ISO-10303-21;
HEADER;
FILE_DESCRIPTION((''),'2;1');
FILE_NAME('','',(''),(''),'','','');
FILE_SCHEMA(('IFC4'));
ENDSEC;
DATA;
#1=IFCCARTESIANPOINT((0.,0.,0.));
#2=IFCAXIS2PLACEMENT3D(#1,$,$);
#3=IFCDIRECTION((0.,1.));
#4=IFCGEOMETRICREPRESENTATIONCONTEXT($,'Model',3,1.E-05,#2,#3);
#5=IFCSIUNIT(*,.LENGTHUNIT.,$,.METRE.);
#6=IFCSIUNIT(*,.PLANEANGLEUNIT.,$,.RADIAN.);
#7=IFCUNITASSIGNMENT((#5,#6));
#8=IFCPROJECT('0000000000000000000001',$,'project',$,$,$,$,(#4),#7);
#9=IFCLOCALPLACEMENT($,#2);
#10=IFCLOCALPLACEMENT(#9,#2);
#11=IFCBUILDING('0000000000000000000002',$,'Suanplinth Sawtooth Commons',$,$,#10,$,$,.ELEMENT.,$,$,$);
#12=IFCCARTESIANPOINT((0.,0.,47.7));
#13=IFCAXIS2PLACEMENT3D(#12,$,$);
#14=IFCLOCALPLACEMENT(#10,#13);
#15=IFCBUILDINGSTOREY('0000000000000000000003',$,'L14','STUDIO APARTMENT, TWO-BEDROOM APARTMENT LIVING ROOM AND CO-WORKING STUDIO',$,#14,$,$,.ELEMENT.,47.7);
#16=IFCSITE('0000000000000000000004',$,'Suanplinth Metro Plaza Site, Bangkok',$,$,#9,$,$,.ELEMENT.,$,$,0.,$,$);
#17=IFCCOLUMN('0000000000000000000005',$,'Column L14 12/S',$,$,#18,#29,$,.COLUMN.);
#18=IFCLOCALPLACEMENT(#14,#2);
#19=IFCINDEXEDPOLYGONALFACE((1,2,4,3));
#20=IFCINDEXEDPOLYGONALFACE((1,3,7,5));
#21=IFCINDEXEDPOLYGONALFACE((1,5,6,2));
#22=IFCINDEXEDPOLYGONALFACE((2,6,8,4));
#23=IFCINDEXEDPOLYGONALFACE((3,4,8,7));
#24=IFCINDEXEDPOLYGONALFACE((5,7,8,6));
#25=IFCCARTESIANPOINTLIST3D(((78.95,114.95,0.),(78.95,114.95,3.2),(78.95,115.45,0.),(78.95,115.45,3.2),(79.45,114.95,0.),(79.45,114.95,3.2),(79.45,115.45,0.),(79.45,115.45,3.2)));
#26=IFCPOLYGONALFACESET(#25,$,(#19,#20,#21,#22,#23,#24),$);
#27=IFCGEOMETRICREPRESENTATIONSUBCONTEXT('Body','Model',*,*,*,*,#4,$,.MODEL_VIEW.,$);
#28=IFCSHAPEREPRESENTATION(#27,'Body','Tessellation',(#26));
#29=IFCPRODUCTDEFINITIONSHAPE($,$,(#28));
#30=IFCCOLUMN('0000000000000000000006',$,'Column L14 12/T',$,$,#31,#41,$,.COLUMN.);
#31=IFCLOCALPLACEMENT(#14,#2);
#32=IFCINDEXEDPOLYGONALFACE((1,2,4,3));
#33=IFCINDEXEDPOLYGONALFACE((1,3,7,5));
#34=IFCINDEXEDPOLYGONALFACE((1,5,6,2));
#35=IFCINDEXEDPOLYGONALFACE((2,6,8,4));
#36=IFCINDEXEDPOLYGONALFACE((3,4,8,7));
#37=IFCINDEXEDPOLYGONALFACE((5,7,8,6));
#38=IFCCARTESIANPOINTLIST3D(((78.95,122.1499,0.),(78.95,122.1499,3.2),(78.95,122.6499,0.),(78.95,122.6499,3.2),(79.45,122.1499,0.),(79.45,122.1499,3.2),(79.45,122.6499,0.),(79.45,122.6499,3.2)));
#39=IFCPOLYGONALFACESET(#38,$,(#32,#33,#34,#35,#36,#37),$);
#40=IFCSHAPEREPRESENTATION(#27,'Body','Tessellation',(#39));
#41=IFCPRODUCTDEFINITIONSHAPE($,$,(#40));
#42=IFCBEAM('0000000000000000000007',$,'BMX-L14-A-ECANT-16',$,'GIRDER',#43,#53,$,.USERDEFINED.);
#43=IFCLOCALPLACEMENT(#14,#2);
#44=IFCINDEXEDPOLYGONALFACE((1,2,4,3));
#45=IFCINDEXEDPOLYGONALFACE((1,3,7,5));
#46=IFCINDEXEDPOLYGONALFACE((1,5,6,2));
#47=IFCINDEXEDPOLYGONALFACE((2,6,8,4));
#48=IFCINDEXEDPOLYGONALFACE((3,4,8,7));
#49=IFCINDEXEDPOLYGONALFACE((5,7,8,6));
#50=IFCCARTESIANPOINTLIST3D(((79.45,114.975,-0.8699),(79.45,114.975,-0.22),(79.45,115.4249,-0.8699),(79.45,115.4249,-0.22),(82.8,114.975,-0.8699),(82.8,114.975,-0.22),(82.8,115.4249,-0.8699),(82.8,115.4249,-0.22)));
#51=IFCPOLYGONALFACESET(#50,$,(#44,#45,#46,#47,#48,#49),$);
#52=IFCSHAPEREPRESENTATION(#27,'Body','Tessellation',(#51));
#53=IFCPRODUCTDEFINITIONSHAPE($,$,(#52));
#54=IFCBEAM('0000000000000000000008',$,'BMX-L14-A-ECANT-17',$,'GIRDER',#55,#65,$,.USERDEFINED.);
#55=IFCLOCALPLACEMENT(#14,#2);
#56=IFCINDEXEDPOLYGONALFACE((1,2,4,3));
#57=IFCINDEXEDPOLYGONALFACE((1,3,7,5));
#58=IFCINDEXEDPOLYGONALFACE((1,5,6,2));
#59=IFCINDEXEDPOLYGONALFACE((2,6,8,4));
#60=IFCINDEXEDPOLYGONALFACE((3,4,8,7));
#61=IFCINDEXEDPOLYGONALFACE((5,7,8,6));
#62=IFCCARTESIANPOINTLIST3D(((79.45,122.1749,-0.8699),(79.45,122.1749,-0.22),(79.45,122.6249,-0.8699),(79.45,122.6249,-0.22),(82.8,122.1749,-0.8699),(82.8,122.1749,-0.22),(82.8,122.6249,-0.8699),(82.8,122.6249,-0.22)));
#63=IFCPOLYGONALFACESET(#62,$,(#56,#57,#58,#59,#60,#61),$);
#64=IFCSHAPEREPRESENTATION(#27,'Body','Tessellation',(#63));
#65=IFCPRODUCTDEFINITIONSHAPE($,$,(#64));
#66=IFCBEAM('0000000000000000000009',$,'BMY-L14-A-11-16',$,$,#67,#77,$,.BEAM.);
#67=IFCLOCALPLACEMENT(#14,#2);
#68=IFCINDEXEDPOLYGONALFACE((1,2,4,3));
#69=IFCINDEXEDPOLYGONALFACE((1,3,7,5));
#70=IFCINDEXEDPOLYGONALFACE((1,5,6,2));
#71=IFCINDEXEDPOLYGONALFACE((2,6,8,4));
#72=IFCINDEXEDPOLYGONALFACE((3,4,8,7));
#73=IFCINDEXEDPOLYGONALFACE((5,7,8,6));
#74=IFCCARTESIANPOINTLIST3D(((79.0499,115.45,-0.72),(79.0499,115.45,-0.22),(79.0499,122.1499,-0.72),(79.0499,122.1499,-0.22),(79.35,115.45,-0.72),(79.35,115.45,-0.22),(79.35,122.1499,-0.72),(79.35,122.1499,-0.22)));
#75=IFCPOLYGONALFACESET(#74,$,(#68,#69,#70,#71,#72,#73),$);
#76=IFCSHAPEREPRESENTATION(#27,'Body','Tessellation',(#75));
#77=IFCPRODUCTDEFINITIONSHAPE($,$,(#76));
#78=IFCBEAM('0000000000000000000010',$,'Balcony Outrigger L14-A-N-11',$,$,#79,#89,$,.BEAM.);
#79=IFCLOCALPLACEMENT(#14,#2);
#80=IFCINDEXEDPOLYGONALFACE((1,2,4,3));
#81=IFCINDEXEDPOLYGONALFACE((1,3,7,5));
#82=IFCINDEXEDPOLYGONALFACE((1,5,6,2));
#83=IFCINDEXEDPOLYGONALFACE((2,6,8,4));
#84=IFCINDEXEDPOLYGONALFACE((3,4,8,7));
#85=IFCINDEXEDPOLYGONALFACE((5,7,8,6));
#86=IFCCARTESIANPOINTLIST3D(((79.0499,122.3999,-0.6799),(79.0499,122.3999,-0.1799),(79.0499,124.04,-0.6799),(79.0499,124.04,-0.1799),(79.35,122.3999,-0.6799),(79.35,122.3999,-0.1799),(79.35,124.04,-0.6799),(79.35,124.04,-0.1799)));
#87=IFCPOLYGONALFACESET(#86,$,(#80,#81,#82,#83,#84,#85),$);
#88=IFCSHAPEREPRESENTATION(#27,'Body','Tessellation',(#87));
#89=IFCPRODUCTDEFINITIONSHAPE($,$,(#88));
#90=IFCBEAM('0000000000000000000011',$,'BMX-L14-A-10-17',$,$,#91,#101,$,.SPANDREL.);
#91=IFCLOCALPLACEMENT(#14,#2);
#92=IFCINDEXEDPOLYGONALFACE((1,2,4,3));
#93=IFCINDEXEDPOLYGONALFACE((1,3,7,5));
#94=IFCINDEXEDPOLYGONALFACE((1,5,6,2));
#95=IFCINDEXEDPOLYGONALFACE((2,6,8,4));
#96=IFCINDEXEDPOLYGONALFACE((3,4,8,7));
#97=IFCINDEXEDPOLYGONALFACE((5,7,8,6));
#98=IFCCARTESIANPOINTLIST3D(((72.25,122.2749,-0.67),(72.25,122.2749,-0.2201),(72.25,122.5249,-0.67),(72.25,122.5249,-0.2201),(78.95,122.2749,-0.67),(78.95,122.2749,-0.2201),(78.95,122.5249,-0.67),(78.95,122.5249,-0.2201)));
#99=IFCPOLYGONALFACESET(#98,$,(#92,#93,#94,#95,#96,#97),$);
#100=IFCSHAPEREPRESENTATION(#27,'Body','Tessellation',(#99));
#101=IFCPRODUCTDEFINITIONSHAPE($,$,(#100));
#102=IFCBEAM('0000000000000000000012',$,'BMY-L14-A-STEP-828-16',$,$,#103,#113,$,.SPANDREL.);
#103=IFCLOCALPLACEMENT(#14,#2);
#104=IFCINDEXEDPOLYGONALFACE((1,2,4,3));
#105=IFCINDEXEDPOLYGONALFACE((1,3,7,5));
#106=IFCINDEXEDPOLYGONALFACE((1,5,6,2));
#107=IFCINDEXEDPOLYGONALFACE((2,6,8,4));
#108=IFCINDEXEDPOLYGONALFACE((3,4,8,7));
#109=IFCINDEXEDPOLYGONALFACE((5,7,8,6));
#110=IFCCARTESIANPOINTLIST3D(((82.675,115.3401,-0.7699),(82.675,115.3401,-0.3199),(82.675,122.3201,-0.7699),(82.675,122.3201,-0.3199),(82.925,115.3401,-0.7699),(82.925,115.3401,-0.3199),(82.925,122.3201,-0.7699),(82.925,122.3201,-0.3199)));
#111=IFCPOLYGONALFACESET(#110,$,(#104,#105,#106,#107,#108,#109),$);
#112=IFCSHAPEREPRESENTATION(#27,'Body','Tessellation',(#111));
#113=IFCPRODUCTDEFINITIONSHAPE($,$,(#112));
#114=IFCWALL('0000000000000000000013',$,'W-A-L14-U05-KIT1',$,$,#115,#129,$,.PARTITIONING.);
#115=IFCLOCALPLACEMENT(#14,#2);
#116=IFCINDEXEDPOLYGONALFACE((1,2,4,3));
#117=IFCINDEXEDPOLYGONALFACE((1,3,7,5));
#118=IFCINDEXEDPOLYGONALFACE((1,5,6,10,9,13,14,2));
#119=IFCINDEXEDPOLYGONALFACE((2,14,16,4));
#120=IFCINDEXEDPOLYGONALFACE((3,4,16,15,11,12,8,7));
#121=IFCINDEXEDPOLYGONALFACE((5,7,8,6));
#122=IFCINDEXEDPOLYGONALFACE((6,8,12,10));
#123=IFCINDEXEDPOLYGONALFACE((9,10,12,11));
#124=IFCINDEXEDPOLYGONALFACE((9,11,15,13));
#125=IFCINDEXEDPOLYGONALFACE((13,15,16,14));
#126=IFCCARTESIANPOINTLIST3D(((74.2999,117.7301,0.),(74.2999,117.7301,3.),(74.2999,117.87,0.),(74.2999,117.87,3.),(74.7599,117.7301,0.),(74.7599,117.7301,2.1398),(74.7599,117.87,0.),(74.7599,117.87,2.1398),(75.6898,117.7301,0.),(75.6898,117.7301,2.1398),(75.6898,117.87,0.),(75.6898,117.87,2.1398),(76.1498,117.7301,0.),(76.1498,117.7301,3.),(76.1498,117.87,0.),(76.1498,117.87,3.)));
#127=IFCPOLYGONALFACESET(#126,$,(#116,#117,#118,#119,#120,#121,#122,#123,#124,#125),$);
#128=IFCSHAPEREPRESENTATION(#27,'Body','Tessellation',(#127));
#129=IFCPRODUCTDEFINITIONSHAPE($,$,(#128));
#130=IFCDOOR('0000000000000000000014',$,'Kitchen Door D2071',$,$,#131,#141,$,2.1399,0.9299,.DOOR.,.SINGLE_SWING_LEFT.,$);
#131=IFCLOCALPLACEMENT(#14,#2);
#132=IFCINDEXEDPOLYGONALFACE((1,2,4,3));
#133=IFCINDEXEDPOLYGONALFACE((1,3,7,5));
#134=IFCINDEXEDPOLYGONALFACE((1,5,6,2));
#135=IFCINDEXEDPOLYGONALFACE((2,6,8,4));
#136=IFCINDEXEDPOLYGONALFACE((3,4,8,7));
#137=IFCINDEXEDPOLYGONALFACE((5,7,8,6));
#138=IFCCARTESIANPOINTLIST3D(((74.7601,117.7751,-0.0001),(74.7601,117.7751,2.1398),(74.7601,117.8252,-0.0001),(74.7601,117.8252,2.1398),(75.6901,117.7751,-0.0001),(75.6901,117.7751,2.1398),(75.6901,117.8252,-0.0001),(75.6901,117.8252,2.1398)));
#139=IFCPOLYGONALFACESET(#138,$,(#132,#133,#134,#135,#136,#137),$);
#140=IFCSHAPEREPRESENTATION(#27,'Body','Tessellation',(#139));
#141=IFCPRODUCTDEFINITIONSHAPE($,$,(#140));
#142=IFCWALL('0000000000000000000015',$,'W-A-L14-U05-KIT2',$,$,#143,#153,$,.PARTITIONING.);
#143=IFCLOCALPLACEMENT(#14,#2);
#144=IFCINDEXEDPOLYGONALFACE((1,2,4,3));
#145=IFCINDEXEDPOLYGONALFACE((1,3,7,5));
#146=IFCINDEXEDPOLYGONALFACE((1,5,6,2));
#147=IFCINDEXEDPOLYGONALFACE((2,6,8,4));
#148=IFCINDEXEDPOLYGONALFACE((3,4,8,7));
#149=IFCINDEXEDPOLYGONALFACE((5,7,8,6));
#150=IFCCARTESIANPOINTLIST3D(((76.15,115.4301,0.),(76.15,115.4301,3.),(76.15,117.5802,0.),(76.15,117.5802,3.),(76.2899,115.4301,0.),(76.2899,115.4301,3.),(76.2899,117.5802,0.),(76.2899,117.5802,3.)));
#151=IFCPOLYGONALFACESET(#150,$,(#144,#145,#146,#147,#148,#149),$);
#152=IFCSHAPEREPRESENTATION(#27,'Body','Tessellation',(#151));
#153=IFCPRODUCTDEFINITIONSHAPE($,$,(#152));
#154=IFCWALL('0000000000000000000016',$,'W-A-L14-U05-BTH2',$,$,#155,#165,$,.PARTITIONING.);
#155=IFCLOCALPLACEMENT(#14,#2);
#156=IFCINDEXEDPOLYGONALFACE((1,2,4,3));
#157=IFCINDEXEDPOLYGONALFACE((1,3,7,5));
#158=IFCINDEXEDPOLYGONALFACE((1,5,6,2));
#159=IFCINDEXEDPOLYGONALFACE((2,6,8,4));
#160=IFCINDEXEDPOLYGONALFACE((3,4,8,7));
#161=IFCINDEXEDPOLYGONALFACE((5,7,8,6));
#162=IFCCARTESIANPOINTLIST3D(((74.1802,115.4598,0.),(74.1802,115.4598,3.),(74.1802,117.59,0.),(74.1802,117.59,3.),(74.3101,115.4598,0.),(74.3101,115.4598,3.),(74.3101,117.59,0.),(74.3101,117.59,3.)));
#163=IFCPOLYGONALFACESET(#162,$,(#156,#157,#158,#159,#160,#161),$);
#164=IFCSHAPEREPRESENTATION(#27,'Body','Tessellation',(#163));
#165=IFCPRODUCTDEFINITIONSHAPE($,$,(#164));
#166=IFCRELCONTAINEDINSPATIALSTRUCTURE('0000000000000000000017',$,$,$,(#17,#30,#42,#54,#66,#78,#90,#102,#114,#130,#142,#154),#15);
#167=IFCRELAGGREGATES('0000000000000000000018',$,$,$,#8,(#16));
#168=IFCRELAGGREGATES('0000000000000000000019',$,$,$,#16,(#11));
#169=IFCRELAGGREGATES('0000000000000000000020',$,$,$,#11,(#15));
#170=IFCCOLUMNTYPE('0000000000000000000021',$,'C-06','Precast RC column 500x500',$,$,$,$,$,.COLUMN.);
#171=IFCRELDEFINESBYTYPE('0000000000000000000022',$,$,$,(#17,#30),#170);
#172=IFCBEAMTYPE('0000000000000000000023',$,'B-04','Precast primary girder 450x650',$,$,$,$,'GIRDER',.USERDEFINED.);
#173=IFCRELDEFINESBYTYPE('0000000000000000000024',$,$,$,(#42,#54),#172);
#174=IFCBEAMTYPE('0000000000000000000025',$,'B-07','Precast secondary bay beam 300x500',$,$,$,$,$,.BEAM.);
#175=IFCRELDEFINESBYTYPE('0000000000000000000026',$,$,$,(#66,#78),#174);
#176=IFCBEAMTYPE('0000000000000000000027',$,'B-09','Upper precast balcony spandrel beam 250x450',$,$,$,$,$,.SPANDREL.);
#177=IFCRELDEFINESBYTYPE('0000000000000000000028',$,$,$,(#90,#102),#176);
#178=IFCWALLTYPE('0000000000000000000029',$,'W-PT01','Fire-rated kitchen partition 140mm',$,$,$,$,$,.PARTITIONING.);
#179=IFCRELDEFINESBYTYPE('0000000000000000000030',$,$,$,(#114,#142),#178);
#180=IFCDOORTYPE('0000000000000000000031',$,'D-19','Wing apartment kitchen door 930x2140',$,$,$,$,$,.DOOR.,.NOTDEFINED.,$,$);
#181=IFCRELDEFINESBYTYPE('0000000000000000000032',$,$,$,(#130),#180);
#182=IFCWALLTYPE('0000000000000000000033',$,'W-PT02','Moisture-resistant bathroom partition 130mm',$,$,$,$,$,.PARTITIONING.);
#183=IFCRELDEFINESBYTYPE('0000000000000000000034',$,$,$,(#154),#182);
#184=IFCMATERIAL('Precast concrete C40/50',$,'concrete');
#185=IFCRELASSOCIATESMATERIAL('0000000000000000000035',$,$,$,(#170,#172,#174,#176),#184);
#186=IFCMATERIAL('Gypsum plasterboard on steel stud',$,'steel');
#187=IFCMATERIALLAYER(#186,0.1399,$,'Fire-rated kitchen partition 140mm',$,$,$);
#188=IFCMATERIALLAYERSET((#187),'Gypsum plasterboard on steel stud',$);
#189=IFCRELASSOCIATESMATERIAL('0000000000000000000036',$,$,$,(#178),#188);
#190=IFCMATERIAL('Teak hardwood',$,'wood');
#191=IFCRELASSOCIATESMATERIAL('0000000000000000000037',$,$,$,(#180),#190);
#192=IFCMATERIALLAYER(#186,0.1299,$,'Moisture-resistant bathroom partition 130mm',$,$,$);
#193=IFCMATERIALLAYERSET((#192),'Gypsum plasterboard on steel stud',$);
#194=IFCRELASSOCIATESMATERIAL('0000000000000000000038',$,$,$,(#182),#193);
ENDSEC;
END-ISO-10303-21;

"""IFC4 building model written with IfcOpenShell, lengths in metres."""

from ifc_helpers import new_model, si_unit, direction, frame, frame_2d, origin, origin_2d, place, context, subcontext, project, spatial, rectangle, extrude, material, layer, layer_set, material_profile, profile_set, type_object, element, fill, save


model = new_model("IFC4")

# Units and contexts
model_context = context("Model", 3, precision=1e-05, world=origin(), true_north=direction((0.0, 1.0)))
body_context = subcontext(model_context, "Body", "Model", "MODEL_VIEW")
ifc_project = project(units=[si_unit("LENGTHUNIT", "METRE"), si_unit("PLANEANGLEUNIT", "RADIAN")], contexts=[model_context])

# Site, building, storey
site_placement = place(None, origin())
site = spatial("IfcSite", under=ifc_project, at=site_placement, Name="Suanplinth Metro Plaza Site, Bangkok", CompositionType="ELEMENT", RefElevation=0.0)
building_placement = place(site_placement, origin())
building = spatial("IfcBuilding", under=site, at=building_placement, Name="Suanplinth Sawtooth Commons", CompositionType="ELEMENT")
storey_placement = place(building_placement, frame((0.0, 0.0, 47.7)))
storey = spatial("IfcBuildingStorey", under=building, at=storey_placement, Name="L14", Description="STUDIO APARTMENT, TWO-BEDROOM APARTMENT LIVING ROOM AND CO-WORKING STUDIO", CompositionType="ELEMENT", Elevation=47.7)

# Columns
ifc_material_1 = material(Name="Precast concrete C40/50", Category="concrete")
ifc_material_profile_1 = material_profile(ifc_material_1, rectangle(XDim=0.5, YDim=0.5, at=origin_2d()), Name="PC-COL 500x500")
ifc_profile_set_1 = profile_set([ifc_material_profile_1], Name="Precast concrete C40/50")
column_type = type_object("IfcColumnType", Name="C-06", Description="Precast RC column 500x500", PredefinedType="COLUMN", material=ifc_profile_set_1)
for number, where, z_axis, x_axis, name in (
    (1, (79.2, 115.2, 0.0), (0.0, 0.0, 1.0), (1.0, 0.0, 0.0), "Column L14 12/S"),
    (2, (79.2, 122.3999, 0.0), (0.0, 0.0, 1.0), (1.0, 0.0, 0.0), "Column L14 12/T"),
):
    element("IfcColumn", number, at=place(storey_placement, frame(where, z_axis=z_axis, x_axis=x_axis)), inside=storey, type_object=column_type, Name=name, PredefinedType="COLUMN", context=body_context, shape_type="SweptSolid", body=[
        extrude(rectangle(XDim=0.5, YDim=0.5, at=origin_2d()), origin(), (0.0, 0.0, 1.0), 3.2),
    ])

# Beams
ifc_material_profile_2 = material_profile(ifc_material_1, rectangle(XDim=0.45, YDim=0.6499, at=origin_2d()), Name="PC-GDR 450x650")
ifc_profile_set_2 = profile_set([ifc_material_profile_2], Name="Precast concrete C40/50")
beam_type_1 = type_object("IfcBeamType", Name="B-04", Description="Precast primary girder 450x650", ElementType="GIRDER", PredefinedType="USERDEFINED", material=ifc_profile_set_2)
for number, where, z_axis, x_axis, name in (
    (3, (79.45, 115.2, -0.5449), (1.0, 0.0, 0.0), (0.0, 1.0, 0.0), "BMX-L14-A-ECANT-16"),
    (4, (79.45, 122.3999, -0.5449), (1.0, 0.0, 0.0), (0.0, 1.0, 0.0), "BMX-L14-A-ECANT-17"),
):
    element("IfcBeam", number, at=place(storey_placement, frame(where, z_axis=z_axis, x_axis=x_axis)), inside=storey, type_object=beam_type_1, Name=name, ObjectType="GIRDER", PredefinedType="USERDEFINED", context=body_context, shape_type="SweptSolid", body=[
        extrude(rectangle(XDim=0.45, YDim=0.6499, at=origin_2d()), origin(), (0.0, 0.0, 1.0), 3.3501),
    ])
ifc_material_profile_3 = material_profile(ifc_material_1, rectangle(XDim=0.3, YDim=0.5, at=origin_2d()), Name="PC-BM 300x500")
ifc_profile_set_3 = profile_set([ifc_material_profile_3], Name="Precast concrete C40/50")
beam_type_2 = type_object("IfcBeamType", Name="B-07", Description="Precast secondary bay beam 300x500", PredefinedType="BEAM", material=ifc_profile_set_3)
beam_1_placement = place(storey_placement, frame((79.2, 115.45, -0.47), z_axis=(0.0, 1.0, 0.0), x_axis=(-1.0, 0.0, 0.0)))
element("IfcBeam", 5, at=beam_1_placement, inside=storey, type_object=beam_type_2, Name="BMY-L14-A-11-16", PredefinedType="BEAM", context=body_context, shape_type="SweptSolid", body=[
    extrude(rectangle(XDim=0.3, YDim=0.5, at=origin_2d()), origin(), (0.0, 0.0, 1.0), 6.7),
])
beam_2_placement = place(storey_placement, frame((79.2, 122.3999, -0.4299), z_axis=(0.0, 1.0, 0.0), x_axis=(-1.0, 0.0, 0.0)))
element("IfcBeam", 6, at=beam_2_placement, inside=storey, type_object=beam_type_2, Name="Balcony Outrigger L14-A-N-11", PredefinedType="BEAM", context=body_context, shape_type="SweptSolid", body=[
    extrude(rectangle(XDim=0.3, YDim=0.5, at=origin_2d()), origin(), (0.0, 0.0, 1.0), 1.6401),
])
ifc_material_profile_4 = material_profile(ifc_material_1, rectangle(XDim=0.25, YDim=0.45, at=origin_2d()), Name="PC-SP 250x450")
ifc_profile_set_4 = profile_set([ifc_material_profile_4], Name="Precast concrete C40/50")
beam_type_3 = type_object("IfcBeamType", Name="B-09", Description="Upper precast balcony spandrel beam 250x450", PredefinedType="SPANDREL", material=ifc_profile_set_4)
beam_3_placement = place(storey_placement, frame((72.25, 122.3999, -0.4451), z_axis=(1.0, 0.0, 0.0), x_axis=(0.0, 1.0, 0.0)))
element("IfcBeam", 7, at=beam_3_placement, inside=storey, type_object=beam_type_3, Name="BMX-L14-A-10-17", PredefinedType="SPANDREL", context=body_context, shape_type="SweptSolid", body=[
    extrude(rectangle(XDim=0.25, YDim=0.45, at=origin_2d()), origin(), (0.0, 0.0, 1.0), 6.7),
])
beam_4_placement = place(storey_placement, frame((82.8, 115.3401, -0.5449), z_axis=(0.0, 1.0, 0.0), x_axis=(-1.0, 0.0, 0.0)))
element("IfcBeam", 8, at=beam_4_placement, inside=storey, type_object=beam_type_3, Name="BMY-L14-A-STEP-828-16", PredefinedType="SPANDREL", context=body_context, shape_type="SweptSolid", body=[
    extrude(rectangle(XDim=0.25, YDim=0.45, at=origin_2d()), origin(), (0.0, 0.0, 1.0), 6.98),
])

# Wall, opening, door
ifc_material_2 = material(Name="Gypsum plasterboard on steel stud", Category="steel")
ifc_layer_1 = layer(ifc_material_2, 0.1399, Name="Fire-rated kitchen partition 140mm")
ifc_layer_set_1 = layer_set([ifc_layer_1], Name="Gypsum plasterboard on steel stud")
wall_type_1 = type_object("IfcWallType", Name="W-PT01", Description="Fire-rated kitchen partition 140mm", PredefinedType="PARTITIONING", material=ifc_layer_set_1)
wall_1_placement = place(storey_placement, frame((74.3, 117.8, 0.0), z_axis=(0.0, 0.0, 1.0), x_axis=(1.0, 0.0, 0.0)))
wall_1 = element("IfcWall", 9, at=wall_1_placement, inside=storey, type_object=wall_type_1, Name="W-A-L14-U05-KIT1", PredefinedType="PARTITIONING", context=body_context, shape_type="SweptSolid", body=[
    extrude(rectangle(XDim=1.8499, YDim=0.1399, at=frame_2d((0.9248, 0.0))), origin(), (0.0, 0.0, 1.0), 3.0),
])
opening_1_placement = place(wall_1_placement, frame((0.46, 0.0, 0.0)))
opening_1 = element("IfcOpeningElement", 10, at=opening_1_placement, cuts=wall_1, PredefinedType="OPENING", context=body_context, shape_type="SweptSolid", body=[
    extrude(rectangle(XDim=0.9299, YDim=2.1399, at=frame_2d((0.4648, 1.0698))), frame((0.0, 0.085, 0.0), z_axis=(0.0, -1.0, 0.0), x_axis=(1.0, 0.0, 0.0)), (0.0, 0.0, 1.0), 0.1697),
])
ifc_material_3 = material(Name="Teak hardwood", Category="wood")
door_type_1 = type_object("IfcDoorType", Name="D-19", Description="Wing apartment kitchen door 930x2140", OperationType="NOTDEFINED", PredefinedType="DOOR", material=ifc_material_3)
door_1_placement = place(opening_1_placement, frame((0.9299, 0.0, 0.0), z_axis=(0.0, 0.0, 1.0), x_axis=(-1.0, 0.0, 0.0)))
door_1 = element("IfcDoor", 11, at=door_1_placement, inside=storey, type_object=door_type_1, Name="Kitchen Door D2071", OperationType="SINGLE_SWING_LEFT", OverallHeight=2.1399, OverallWidth=0.9299, PredefinedType="DOOR", context=body_context, shape_type="SweptSolid", body=[
    extrude(rectangle(XDim=0.9299, YDim=2.1399, at=frame_2d((0.4648, 1.0698))), frame((0.0, 0.0249, 0.0), z_axis=(0.0, -1.0, 0.0), x_axis=(1.0, 0.0, 0.0)), (0.0, 0.0, 1.0), 0.05),
])
fill(opening_1, door_1)

# Walls
wall_2_placement = place(storey_placement, frame((76.22, 115.4299, 0.0), z_axis=(0.0, 0.0, 1.0), x_axis=(0.0, 1.0, 0.0)))
element("IfcWall", 12, at=wall_2_placement, inside=storey, type_object=wall_type_1, Name="W-A-L14-U05-KIT2", PredefinedType="PARTITIONING", context=body_context, shape_type="SweptSolid", body=[
    extrude(rectangle(XDim=2.1501, YDim=0.1399, at=frame_2d((1.0752, 0.0))), origin(), (0.0, 0.0, 1.0), 3.0),
])
ifc_layer_2 = layer(ifc_material_2, 0.1299, Name="Moisture-resistant bathroom partition 130mm")
ifc_layer_set_2 = layer_set([ifc_layer_2], Name="Gypsum plasterboard on steel stud")
wall_type_2 = type_object("IfcWallType", Name="W-PT02", Description="Moisture-resistant bathroom partition 130mm", PredefinedType="PARTITIONING", material=ifc_layer_set_2)
wall_3_placement = place(storey_placement, frame((74.2451, 115.46, 0.0), z_axis=(0.0, 0.0, 1.0), x_axis=(0.0, 1.0, 0.0)))
element("IfcWall", 13, at=wall_3_placement, inside=storey, type_object=wall_type_2, Name="W-A-L14-U05-BTH2", PredefinedType="PARTITIONING", context=body_context, shape_type="SweptSolid", body=[
    extrude(rectangle(XDim=2.1301, YDim=0.1299, at=frame_2d((1.0649, 0.0))), origin(), (0.0, 0.0, 1.0), 3.0),
])

save(model, "model.ifc")
